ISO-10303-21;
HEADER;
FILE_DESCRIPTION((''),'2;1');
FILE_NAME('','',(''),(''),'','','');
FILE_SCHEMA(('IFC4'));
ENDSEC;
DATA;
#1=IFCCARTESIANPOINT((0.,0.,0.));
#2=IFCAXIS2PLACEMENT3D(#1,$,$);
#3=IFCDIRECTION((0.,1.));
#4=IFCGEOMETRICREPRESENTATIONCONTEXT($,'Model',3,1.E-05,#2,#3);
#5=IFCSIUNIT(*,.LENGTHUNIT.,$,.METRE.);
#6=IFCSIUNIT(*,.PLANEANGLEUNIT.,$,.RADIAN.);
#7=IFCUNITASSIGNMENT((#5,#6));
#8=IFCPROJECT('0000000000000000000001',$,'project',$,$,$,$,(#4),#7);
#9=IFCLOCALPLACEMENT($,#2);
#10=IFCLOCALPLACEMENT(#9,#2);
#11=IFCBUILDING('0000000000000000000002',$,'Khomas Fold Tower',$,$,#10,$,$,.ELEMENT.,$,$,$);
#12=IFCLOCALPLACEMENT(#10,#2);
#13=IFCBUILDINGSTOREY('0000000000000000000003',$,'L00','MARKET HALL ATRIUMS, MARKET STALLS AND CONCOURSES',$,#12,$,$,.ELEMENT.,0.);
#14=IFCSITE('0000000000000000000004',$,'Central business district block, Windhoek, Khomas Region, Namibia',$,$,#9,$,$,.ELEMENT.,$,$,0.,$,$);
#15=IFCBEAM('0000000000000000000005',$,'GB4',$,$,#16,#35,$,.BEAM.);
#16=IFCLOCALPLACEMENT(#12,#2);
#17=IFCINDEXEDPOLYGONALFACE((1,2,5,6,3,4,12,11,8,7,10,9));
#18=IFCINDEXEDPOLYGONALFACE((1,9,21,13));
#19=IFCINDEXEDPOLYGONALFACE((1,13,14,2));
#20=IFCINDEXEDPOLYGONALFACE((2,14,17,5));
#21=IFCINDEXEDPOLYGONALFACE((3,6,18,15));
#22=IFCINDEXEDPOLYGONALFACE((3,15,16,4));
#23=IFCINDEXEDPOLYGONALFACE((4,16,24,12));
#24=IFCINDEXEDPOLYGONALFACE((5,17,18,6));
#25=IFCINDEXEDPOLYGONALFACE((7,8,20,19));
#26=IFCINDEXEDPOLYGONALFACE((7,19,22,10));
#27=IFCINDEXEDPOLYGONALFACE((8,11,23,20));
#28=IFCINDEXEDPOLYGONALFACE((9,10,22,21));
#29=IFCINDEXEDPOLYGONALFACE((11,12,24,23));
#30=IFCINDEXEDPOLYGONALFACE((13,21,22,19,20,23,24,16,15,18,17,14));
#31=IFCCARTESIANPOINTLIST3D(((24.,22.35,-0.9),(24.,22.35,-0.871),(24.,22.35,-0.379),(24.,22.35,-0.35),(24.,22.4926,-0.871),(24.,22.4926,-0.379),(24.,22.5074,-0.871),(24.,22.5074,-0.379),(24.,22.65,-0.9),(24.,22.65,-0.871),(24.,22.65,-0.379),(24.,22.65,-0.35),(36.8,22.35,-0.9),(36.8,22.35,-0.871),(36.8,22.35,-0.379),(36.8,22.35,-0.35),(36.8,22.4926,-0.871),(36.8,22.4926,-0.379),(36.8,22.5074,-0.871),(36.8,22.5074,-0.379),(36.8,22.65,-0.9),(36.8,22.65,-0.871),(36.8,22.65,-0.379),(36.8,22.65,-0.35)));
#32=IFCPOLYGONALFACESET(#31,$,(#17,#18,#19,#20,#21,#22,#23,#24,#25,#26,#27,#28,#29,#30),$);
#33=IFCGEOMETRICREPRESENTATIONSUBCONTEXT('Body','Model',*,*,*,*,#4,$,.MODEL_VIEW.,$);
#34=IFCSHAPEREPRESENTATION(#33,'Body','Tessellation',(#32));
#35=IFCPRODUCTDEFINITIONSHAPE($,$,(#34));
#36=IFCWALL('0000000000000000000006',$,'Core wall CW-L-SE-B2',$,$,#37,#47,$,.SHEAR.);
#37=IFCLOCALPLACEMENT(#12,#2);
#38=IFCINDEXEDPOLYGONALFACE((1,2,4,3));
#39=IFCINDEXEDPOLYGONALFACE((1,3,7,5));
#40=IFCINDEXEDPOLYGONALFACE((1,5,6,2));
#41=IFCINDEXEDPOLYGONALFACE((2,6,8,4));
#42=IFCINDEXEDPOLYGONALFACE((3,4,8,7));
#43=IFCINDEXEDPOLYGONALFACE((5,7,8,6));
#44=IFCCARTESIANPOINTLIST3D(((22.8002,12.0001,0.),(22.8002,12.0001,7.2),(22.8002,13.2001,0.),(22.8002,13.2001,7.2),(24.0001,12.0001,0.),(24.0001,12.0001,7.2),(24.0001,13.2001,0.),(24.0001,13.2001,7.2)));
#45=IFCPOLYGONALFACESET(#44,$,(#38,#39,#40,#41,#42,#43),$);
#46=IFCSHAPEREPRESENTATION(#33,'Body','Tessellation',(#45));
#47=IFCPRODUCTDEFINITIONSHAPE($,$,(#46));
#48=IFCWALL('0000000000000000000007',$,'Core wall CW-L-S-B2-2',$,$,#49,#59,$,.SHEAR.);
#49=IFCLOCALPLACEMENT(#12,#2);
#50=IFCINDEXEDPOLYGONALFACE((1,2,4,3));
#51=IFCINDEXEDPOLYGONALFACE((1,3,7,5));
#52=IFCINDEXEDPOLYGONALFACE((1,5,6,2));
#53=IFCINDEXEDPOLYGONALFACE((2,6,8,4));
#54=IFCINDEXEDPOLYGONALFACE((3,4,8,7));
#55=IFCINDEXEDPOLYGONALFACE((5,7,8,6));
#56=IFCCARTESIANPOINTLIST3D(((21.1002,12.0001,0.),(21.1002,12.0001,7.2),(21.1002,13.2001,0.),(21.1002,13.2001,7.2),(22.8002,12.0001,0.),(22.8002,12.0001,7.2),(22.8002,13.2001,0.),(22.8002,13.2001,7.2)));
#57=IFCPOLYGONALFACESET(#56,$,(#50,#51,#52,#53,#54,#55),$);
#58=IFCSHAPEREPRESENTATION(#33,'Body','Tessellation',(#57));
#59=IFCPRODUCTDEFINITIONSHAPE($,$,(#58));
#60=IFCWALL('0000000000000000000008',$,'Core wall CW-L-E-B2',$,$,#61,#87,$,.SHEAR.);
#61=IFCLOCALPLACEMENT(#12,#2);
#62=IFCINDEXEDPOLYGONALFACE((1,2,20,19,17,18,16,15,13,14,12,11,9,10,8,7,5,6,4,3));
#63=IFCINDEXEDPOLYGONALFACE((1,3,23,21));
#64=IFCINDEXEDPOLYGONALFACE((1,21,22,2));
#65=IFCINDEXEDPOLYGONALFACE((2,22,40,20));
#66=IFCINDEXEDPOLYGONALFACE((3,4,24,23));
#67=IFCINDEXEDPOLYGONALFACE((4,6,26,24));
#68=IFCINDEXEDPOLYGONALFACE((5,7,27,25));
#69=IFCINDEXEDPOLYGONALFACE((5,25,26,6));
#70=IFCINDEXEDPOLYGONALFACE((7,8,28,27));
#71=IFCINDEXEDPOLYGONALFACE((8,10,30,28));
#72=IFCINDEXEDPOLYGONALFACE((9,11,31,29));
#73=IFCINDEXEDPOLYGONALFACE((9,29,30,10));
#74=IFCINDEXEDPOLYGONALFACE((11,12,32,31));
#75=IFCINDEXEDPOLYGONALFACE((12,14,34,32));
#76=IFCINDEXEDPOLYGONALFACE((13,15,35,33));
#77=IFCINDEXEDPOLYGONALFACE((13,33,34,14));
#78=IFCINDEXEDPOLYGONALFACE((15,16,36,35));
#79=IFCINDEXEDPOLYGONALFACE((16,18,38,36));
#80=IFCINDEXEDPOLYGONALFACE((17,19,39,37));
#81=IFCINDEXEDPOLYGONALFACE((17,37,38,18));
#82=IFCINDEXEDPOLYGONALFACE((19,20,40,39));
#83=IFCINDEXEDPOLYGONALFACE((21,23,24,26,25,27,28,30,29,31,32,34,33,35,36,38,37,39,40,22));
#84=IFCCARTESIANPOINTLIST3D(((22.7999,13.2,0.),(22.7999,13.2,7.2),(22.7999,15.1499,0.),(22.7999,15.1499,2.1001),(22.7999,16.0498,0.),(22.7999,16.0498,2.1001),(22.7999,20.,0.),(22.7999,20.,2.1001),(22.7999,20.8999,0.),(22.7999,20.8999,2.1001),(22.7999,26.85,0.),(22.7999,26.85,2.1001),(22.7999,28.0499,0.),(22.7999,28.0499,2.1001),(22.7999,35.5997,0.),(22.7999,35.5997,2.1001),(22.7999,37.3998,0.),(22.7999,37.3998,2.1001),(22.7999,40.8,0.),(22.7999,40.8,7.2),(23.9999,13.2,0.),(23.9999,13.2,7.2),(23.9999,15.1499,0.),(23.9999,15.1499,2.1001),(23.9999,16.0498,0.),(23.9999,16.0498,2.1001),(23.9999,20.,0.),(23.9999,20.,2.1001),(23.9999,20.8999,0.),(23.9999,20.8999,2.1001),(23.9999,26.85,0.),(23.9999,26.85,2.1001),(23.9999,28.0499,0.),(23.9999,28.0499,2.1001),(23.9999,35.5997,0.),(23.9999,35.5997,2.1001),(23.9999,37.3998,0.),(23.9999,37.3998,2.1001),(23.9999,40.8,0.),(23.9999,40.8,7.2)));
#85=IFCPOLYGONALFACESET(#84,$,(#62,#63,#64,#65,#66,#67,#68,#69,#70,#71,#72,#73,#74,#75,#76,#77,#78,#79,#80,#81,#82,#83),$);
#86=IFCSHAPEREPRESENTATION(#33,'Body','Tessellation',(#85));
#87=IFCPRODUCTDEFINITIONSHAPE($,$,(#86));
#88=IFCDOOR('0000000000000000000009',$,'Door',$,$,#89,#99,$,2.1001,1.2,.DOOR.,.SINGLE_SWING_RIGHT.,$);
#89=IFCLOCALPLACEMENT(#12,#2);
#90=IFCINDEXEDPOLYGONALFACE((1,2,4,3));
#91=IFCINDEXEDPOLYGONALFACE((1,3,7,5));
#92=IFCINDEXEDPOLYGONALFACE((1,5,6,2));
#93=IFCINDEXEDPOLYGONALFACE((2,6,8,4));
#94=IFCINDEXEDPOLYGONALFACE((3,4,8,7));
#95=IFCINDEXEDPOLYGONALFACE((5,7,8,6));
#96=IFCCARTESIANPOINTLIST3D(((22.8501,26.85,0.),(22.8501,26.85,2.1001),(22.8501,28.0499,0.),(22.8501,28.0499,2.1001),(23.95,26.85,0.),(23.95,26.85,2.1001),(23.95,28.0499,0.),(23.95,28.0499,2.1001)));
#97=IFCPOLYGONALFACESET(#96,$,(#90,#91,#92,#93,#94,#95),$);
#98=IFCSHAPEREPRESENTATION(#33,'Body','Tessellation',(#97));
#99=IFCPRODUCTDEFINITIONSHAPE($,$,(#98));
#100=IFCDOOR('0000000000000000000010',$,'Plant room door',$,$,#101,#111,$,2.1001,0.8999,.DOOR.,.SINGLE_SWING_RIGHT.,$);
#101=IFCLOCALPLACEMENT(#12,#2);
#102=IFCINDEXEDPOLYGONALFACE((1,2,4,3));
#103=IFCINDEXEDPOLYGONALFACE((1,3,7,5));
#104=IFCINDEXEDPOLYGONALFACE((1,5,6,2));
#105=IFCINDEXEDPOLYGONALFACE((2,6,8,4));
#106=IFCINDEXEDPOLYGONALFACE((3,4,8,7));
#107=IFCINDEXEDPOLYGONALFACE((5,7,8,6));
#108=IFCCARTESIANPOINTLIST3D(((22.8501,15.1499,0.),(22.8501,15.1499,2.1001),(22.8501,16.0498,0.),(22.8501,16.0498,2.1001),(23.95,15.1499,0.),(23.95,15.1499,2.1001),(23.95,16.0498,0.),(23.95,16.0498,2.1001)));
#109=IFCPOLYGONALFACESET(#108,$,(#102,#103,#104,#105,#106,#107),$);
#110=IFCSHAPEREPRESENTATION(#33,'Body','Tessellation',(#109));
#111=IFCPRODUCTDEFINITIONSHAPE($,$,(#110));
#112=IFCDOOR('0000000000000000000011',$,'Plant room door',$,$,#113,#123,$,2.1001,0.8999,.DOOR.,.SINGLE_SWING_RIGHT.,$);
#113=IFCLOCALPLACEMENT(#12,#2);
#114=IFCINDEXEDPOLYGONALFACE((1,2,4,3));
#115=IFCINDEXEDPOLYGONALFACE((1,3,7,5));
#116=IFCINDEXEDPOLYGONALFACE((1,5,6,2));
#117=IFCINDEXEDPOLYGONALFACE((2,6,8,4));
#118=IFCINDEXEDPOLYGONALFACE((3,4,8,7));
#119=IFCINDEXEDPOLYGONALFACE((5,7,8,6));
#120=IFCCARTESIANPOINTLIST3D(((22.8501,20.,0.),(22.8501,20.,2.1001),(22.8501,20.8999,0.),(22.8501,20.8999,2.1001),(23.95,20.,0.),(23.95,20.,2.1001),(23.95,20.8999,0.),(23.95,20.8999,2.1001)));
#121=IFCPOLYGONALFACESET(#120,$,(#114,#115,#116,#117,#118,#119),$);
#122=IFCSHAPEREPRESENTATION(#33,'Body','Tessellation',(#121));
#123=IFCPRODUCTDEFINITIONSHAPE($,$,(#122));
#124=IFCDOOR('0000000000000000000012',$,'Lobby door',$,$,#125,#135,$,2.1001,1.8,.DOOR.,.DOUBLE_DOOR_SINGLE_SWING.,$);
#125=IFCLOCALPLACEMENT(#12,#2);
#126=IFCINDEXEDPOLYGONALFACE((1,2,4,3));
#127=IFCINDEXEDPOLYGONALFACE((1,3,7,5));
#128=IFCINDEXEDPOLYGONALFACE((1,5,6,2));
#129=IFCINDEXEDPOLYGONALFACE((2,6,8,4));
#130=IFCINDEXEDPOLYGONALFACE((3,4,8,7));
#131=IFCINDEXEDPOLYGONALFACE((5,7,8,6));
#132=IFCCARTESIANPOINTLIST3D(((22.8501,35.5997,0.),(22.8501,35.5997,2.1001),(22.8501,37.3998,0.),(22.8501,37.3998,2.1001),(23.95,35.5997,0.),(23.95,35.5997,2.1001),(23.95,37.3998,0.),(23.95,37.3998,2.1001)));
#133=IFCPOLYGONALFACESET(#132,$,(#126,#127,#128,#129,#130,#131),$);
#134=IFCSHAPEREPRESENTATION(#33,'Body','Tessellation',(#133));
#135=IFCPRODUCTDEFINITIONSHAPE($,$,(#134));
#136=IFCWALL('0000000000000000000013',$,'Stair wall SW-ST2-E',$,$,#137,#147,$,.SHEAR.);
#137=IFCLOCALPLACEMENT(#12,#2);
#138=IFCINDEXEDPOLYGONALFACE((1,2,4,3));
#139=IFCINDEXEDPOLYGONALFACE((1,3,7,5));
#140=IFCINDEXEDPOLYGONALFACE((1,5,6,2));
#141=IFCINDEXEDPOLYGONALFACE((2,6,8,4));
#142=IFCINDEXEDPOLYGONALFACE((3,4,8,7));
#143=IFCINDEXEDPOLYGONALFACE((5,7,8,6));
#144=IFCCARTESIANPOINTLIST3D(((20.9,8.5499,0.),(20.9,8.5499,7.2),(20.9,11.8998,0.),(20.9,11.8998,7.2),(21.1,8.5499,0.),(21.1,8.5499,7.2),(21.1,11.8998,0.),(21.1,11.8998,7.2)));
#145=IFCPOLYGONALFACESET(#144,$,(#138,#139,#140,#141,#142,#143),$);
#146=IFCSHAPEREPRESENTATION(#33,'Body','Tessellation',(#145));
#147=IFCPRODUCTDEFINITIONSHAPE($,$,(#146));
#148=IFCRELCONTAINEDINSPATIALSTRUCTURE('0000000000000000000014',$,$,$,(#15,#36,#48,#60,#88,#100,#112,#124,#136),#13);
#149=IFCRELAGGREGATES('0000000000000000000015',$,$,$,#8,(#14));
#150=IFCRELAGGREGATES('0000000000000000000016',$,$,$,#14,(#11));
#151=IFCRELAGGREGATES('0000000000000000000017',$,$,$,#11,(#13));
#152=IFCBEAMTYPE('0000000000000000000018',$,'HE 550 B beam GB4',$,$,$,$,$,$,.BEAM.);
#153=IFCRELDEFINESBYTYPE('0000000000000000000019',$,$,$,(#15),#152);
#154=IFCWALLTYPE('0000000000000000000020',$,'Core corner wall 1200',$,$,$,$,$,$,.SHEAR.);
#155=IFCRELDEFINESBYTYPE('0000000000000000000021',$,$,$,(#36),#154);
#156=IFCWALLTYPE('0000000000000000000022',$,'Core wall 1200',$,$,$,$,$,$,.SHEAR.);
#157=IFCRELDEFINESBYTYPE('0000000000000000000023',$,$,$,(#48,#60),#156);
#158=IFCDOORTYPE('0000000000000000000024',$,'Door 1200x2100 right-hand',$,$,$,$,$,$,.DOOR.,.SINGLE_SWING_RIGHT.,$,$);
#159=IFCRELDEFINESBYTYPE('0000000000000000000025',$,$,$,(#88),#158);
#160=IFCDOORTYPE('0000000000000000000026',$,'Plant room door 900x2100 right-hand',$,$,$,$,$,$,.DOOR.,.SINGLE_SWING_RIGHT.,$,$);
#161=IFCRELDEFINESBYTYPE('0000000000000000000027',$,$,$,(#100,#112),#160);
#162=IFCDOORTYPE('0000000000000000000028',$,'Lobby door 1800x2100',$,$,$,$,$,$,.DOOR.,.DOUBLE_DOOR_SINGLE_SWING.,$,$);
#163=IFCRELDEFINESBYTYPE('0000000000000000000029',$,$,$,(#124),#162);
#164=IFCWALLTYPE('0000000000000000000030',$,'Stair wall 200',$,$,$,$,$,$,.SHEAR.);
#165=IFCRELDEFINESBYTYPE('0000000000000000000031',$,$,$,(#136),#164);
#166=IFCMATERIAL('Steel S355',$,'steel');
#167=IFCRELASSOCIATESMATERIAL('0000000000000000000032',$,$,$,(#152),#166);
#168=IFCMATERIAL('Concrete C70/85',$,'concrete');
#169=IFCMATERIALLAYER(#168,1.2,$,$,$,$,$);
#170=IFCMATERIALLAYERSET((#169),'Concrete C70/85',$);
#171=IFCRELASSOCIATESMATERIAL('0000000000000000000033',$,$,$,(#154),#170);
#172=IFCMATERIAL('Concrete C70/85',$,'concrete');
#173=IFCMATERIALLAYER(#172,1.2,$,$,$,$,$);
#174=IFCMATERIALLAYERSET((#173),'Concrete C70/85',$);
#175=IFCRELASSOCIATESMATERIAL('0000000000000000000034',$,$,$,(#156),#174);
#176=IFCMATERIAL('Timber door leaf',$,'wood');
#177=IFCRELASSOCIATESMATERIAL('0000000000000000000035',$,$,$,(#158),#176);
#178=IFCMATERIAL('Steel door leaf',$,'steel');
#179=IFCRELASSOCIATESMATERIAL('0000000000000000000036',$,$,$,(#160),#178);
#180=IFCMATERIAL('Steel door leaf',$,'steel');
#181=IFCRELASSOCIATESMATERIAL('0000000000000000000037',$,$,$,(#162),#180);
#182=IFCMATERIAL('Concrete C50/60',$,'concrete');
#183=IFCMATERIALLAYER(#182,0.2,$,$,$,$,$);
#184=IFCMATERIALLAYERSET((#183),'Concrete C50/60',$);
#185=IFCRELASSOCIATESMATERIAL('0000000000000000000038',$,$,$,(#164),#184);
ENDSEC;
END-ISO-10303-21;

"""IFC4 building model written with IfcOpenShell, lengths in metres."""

from ifc_helpers import new_model, si_unit, direction, frame, frame_2d, origin, origin_2d, place, context, subcontext, project, spatial, rectangle, i_section, extrude, source, transform, mapped, material, layer, layer_set, material_profile, profile_set, type_object, element, fill, save


model = new_model("IFC4")

# Units and contexts
model_context = context("Model", 3, precision=1e-05, world=origin(), true_north=direction((0.0, 1.0)))
body_context = subcontext(model_context, "Body", "Model", "MODEL_VIEW")
ifc_project = project(units=[si_unit("LENGTHUNIT", "METRE"), si_unit("PLANEANGLEUNIT", "RADIAN")], contexts=[model_context])

# Site, building, storey
site_placement = place(None, origin())
site = spatial("IfcSite", under=ifc_project, at=site_placement, Name="Central business district block, Windhoek, Khomas Region, Namibia", CompositionType="ELEMENT", RefElevation=0.0)
building_placement = place(site_placement, origin())
building = spatial("IfcBuilding", under=site, at=building_placement, Name="Khomas Fold Tower", CompositionType="ELEMENT")
storey_placement = place(building_placement, origin())
storey = spatial("IfcBuildingStorey", under=building, at=storey_placement, Name="L00", Description="MARKET HALL ATRIUMS, MARKET STALLS AND CONCOURSES", CompositionType="ELEMENT", Elevation=0.0)

# Beam
ifc_material_1 = material(Name="Steel S355", Category="steel")
ifc_material_profile = material_profile(ifc_material_1, i_section(OverallWidth=0.3, OverallDepth=0.55, WebThickness=0.0149, FlangeThickness=0.0291, at=origin_2d()), Name="HE 550 B")
ifc_profile_set = profile_set([ifc_material_profile], Name="Steel S355")
beam_type = type_object("IfcBeamType", Name="HE 550 B beam GB4", PredefinedType="BEAM", material=ifc_profile_set)
shared_shape_1 = source(origin(), body_context, "Body", "SweptSolid", [
    extrude(i_section(OverallWidth=0.3, OverallDepth=0.55, WebThickness=0.0149, FlangeThickness=0.0291, at=origin_2d()), origin(), (0.0, 0.0, 1.0), 12.8),
])
beam_placement = place(storey_placement, frame((24.0, 22.5, -0.625), z_axis=(1.0, 0.0, 0.0), x_axis=(0.0, 1.0, 0.0)))
element("IfcBeam", 1, at=beam_placement, inside=storey, type_object=beam_type, Name="GB4", PredefinedType="BEAM", context=body_context, shape_type="MappedRepresentation", body=[
    mapped(shared_shape_1, transform((0.0, 0.0, 0.0))),
])

# Walls
ifc_material_2 = material(Name="Concrete C70/85", Category="concrete")
ifc_layer_1 = layer(ifc_material_2, 1.2)
ifc_layer_set_1 = layer_set([ifc_layer_1], Name="Concrete C70/85")
wall_type_1 = type_object("IfcWallType", Name="Core corner wall 1200", PredefinedType="SHEAR", material=ifc_layer_set_1)
shared_shape_2 = source(origin(), body_context, "Body", "SweptSolid", [
    extrude(rectangle(XDim=1.2, YDim=1.2, at=frame_2d((0.6001, 0.0))), origin(), (0.0, 0.0, 1.0), 7.2),
])
wall_1_placement = place(storey_placement, frame((22.8, 12.6001, 0.0), z_axis=(0.0, 0.0, 1.0), x_axis=(1.0, 0.0, 0.0)))
element("IfcWall", 2, at=wall_1_placement, inside=storey, type_object=wall_type_1, Name="Core wall CW-L-SE-B2", PredefinedType="SHEAR", context=body_context, shape_type="MappedRepresentation", body=[
    mapped(shared_shape_2, transform((0.0, 0.0, 0.0))),
])
ifc_material_3 = material(Name="Concrete C70/85", Category="concrete")
ifc_layer_2 = layer(ifc_material_3, 1.2)
ifc_layer_set_2 = layer_set([ifc_layer_2], Name="Concrete C70/85")
wall_type_2 = type_object("IfcWallType", Name="Core wall 1200", PredefinedType="SHEAR", material=ifc_layer_set_2)
shared_shape_3 = source(origin(), body_context, "Body", "SweptSolid", [
    extrude(rectangle(XDim=1.7, YDim=1.2, at=frame_2d((0.8501, 0.0))), origin(), (0.0, 0.0, 1.0), 7.2),
])
wall_2_placement = place(storey_placement, frame((21.1001, 12.6001, 0.0), z_axis=(0.0, 0.0, 1.0), x_axis=(1.0, 0.0, 0.0)))
element("IfcWall", 3, at=wall_2_placement, inside=storey, type_object=wall_type_2, Name="Core wall CW-L-S-B2-2", PredefinedType="SHEAR", context=body_context, shape_type="MappedRepresentation", body=[
    mapped(shared_shape_3, transform((0.0, 0.0, 0.0))),
])

# Wall, openings, doors
shared_shape_4 = source(origin(), body_context, "Body", "SweptSolid", [
    extrude(rectangle(XDim=27.6001, YDim=1.2, at=frame_2d((13.8, 0.0))), origin(), (0.0, 0.0, 1.0), 7.2),
])
wall_3_placement = place(storey_placement, frame((23.3999, 13.2, 0.0), z_axis=(0.0, 0.0, 1.0), x_axis=(0.0, 1.0, 0.0)))
wall_3 = element("IfcWall", 4, at=wall_3_placement, inside=storey, type_object=wall_type_2, Name="Core wall CW-L-E-B2", PredefinedType="SHEAR", context=body_context, shape_type="MappedRepresentation", body=[
    mapped(shared_shape_4, transform((0.0, 0.0, 0.0))),
])
shared_shape_5 = source(origin(), body_context, "Body", "SweptSolid", [
    extrude(rectangle(XDim=1.8, YDim=2.1001, at=frame_2d((0.8999, 1.05))), frame((0.0, 0.6099, 0.0), z_axis=(0.0, -1.0, 0.0), x_axis=(1.0, 0.0, 0.0)), (0.0, 0.0, 1.0), 1.22),
])
opening_1_placement = place(wall_3_placement, frame((22.3999, 0.0, 0.0)))
opening_1 = element("IfcOpeningElement", 5, at=opening_1_placement, cuts=wall_3, PredefinedType="OPENING", context=body_context, shape_type="MappedRepresentation", body=[
    mapped(shared_shape_5, transform((0.0, 0.0, 0.0))),
])
shared_shape_6 = source(origin(), body_context, "Body", "SweptSolid", [
    extrude(rectangle(XDim=1.2, YDim=2.1001, at=frame_2d((0.6001, 1.05))), frame((0.0, 0.6099, 0.0), z_axis=(0.0, -1.0, 0.0), x_axis=(1.0, 0.0, 0.0)), (0.0, 0.0, 1.0), 1.22),
])
opening_2_placement = place(wall_3_placement, frame((13.6499, 0.0, 0.0)))
opening_2 = element("IfcOpeningElement", 6, at=opening_2_placement, cuts=wall_3, PredefinedType="OPENING", context=body_context, shape_type="MappedRepresentation", body=[
    mapped(shared_shape_6, transform((0.0, 0.0, 0.0))),
])
shared_shape_7 = source(origin(), body_context, "Body", "SweptSolid", [
    extrude(rectangle(XDim=0.8999, YDim=2.1001, at=frame_2d((0.45, 1.05))), frame((0.0, 0.6099, 0.0), z_axis=(0.0, -1.0, 0.0), x_axis=(1.0, 0.0, 0.0)), (0.0, 0.0, 1.0), 1.22),
])
opening_3_placement = place(wall_3_placement, frame((1.95, 0.0, 0.0)))
opening_3 = element("IfcOpeningElement", 7, at=opening_3_placement, cuts=wall_3, PredefinedType="OPENING", context=body_context, shape_type="MappedRepresentation", body=[
    mapped(shared_shape_7, transform((0.0, 0.0, 0.0))),
])
opening_4_placement = place(wall_3_placement, frame((6.8, 0.0, 0.0)))
opening_4 = element("IfcOpeningElement", 8, at=opening_4_placement, cuts=wall_3, PredefinedType="OPENING", context=body_context, shape_type="MappedRepresentation", body=[
    mapped(shared_shape_7, transform((0.0, 0.0, 0.0))),
])
ifc_material_4 = material(Name="Timber door leaf", Category="wood")
door_type_1 = type_object("IfcDoorType", Name="Door 1200x2100 right-hand", OperationType="SINGLE_SWING_RIGHT", PredefinedType="DOOR", material=ifc_material_4)
shared_shape_8 = source(origin(), body_context, "Body", "SweptSolid", [
    extrude(rectangle(XDim=1.2, YDim=2.1001, at=frame_2d((0.6001, 1.05))), frame((0.0, 0.5498, 0.0), z_axis=(0.0, -1.0, 0.0), x_axis=(1.0, 0.0, 0.0)), (0.0, 0.0, 1.0), 1.0999),
])
door_1_placement = place(opening_2_placement, origin())
door_1 = element("IfcDoor", 9, at=door_1_placement, inside=storey, type_object=door_type_1, Name="Door", OperationType="SINGLE_SWING_RIGHT", OverallHeight=2.1001, OverallWidth=1.2, PredefinedType="DOOR", context=body_context, shape_type="MappedRepresentation", body=[
    mapped(shared_shape_8, transform((0.0, 0.0, 0.0))),
])
fill(opening_2, door_1)
ifc_material_5 = material(Name="Steel door leaf", Category="steel")
door_type_2 = type_object("IfcDoorType", Name="Plant room door 900x2100 right-hand", OperationType="SINGLE_SWING_RIGHT", PredefinedType="DOOR", material=ifc_material_5)
shared_shape_9 = source(origin(), body_context, "Body", "SweptSolid", [
    extrude(rectangle(XDim=0.8999, YDim=2.1001, at=frame_2d((0.45, 1.05))), frame((0.0, 0.5498, 0.0), z_axis=(0.0, -1.0, 0.0), x_axis=(1.0, 0.0, 0.0)), (0.0, 0.0, 1.0), 1.0999),
])
door_2_placement = place(opening_3_placement, origin())
door_2 = element("IfcDoor", 10, at=door_2_placement, inside=storey, type_object=door_type_2, Name="Plant room door", OperationType="SINGLE_SWING_RIGHT", OverallHeight=2.1001, OverallWidth=0.8999, PredefinedType="DOOR", context=body_context, shape_type="MappedRepresentation", body=[
    mapped(shared_shape_9, transform((0.0, 0.0, 0.0))),
])
fill(opening_3, door_2)
door_3_placement = place(opening_4_placement, origin())
door_3 = element("IfcDoor", 11, at=door_3_placement, inside=storey, type_object=door_type_2, Name="Plant room door", OperationType="SINGLE_SWING_RIGHT", OverallHeight=2.1001, OverallWidth=0.8999, PredefinedType="DOOR", context=body_context, shape_type="MappedRepresentation", body=[
    mapped(shared_shape_9, transform((0.0, 0.0, 0.0))),
])
fill(opening_4, door_3)
ifc_material_6 = material(Name="Steel door leaf", Category="steel")
door_type_3 = type_object("IfcDoorType", Name="Lobby door 1800x2100", OperationType="DOUBLE_DOOR_SINGLE_SWING", PredefinedType="DOOR", material=ifc_material_6)
shared_shape_10 = source(origin(), body_context, "Body", "SweptSolid", [
    extrude(rectangle(XDim=1.8, YDim=2.1001, at=frame_2d((0.8999, 1.05))), frame((0.0, 0.5498, 0.0), z_axis=(0.0, -1.0, 0.0), x_axis=(1.0, 0.0, 0.0)), (0.0, 0.0, 1.0), 1.0999),
])
door_4_placement = place(opening_1_placement, origin())
door_4 = element("IfcDoor", 12, at=door_4_placement, inside=storey, type_object=door_type_3, Name="Lobby door", OperationType="DOUBLE_DOOR_SINGLE_SWING", OverallHeight=2.1001, OverallWidth=1.8, PredefinedType="DOOR", context=body_context, shape_type="MappedRepresentation", body=[
    mapped(shared_shape_10, transform((0.0, 0.0, 0.0))),
])
fill(opening_1, door_4)

# Wall
ifc_material_7 = material(Name="Concrete C50/60", Category="concrete")
ifc_layer_3 = layer(ifc_material_7, 0.2)
ifc_layer_set_3 = layer_set([ifc_layer_3], Name="Concrete C50/60")
wall_type_3 = type_object("IfcWallType", Name="Stair wall 200", PredefinedType="SHEAR", material=ifc_layer_set_3)
shared_shape_11 = source(origin(), body_context, "Body", "SweptSolid", [
    extrude(rectangle(XDim=3.3499, YDim=0.2, at=frame_2d((1.6748, 0.0))), origin(), (0.0, 0.0, 1.0), 7.2),
])
wall_4_placement = place(storey_placement, frame((21.0, 8.55, 0.0), z_axis=(0.0, 0.0, 1.0), x_axis=(0.0, 1.0, 0.0)))
element("IfcWall", 13, at=wall_4_placement, inside=storey, type_object=wall_type_3, Name="Stair wall SW-ST2-E", PredefinedType="SHEAR", context=body_context, shape_type="MappedRepresentation", body=[
    mapped(shared_shape_11, transform((0.0, 0.0, 0.0))),
])

save(model, "model.ifc")
